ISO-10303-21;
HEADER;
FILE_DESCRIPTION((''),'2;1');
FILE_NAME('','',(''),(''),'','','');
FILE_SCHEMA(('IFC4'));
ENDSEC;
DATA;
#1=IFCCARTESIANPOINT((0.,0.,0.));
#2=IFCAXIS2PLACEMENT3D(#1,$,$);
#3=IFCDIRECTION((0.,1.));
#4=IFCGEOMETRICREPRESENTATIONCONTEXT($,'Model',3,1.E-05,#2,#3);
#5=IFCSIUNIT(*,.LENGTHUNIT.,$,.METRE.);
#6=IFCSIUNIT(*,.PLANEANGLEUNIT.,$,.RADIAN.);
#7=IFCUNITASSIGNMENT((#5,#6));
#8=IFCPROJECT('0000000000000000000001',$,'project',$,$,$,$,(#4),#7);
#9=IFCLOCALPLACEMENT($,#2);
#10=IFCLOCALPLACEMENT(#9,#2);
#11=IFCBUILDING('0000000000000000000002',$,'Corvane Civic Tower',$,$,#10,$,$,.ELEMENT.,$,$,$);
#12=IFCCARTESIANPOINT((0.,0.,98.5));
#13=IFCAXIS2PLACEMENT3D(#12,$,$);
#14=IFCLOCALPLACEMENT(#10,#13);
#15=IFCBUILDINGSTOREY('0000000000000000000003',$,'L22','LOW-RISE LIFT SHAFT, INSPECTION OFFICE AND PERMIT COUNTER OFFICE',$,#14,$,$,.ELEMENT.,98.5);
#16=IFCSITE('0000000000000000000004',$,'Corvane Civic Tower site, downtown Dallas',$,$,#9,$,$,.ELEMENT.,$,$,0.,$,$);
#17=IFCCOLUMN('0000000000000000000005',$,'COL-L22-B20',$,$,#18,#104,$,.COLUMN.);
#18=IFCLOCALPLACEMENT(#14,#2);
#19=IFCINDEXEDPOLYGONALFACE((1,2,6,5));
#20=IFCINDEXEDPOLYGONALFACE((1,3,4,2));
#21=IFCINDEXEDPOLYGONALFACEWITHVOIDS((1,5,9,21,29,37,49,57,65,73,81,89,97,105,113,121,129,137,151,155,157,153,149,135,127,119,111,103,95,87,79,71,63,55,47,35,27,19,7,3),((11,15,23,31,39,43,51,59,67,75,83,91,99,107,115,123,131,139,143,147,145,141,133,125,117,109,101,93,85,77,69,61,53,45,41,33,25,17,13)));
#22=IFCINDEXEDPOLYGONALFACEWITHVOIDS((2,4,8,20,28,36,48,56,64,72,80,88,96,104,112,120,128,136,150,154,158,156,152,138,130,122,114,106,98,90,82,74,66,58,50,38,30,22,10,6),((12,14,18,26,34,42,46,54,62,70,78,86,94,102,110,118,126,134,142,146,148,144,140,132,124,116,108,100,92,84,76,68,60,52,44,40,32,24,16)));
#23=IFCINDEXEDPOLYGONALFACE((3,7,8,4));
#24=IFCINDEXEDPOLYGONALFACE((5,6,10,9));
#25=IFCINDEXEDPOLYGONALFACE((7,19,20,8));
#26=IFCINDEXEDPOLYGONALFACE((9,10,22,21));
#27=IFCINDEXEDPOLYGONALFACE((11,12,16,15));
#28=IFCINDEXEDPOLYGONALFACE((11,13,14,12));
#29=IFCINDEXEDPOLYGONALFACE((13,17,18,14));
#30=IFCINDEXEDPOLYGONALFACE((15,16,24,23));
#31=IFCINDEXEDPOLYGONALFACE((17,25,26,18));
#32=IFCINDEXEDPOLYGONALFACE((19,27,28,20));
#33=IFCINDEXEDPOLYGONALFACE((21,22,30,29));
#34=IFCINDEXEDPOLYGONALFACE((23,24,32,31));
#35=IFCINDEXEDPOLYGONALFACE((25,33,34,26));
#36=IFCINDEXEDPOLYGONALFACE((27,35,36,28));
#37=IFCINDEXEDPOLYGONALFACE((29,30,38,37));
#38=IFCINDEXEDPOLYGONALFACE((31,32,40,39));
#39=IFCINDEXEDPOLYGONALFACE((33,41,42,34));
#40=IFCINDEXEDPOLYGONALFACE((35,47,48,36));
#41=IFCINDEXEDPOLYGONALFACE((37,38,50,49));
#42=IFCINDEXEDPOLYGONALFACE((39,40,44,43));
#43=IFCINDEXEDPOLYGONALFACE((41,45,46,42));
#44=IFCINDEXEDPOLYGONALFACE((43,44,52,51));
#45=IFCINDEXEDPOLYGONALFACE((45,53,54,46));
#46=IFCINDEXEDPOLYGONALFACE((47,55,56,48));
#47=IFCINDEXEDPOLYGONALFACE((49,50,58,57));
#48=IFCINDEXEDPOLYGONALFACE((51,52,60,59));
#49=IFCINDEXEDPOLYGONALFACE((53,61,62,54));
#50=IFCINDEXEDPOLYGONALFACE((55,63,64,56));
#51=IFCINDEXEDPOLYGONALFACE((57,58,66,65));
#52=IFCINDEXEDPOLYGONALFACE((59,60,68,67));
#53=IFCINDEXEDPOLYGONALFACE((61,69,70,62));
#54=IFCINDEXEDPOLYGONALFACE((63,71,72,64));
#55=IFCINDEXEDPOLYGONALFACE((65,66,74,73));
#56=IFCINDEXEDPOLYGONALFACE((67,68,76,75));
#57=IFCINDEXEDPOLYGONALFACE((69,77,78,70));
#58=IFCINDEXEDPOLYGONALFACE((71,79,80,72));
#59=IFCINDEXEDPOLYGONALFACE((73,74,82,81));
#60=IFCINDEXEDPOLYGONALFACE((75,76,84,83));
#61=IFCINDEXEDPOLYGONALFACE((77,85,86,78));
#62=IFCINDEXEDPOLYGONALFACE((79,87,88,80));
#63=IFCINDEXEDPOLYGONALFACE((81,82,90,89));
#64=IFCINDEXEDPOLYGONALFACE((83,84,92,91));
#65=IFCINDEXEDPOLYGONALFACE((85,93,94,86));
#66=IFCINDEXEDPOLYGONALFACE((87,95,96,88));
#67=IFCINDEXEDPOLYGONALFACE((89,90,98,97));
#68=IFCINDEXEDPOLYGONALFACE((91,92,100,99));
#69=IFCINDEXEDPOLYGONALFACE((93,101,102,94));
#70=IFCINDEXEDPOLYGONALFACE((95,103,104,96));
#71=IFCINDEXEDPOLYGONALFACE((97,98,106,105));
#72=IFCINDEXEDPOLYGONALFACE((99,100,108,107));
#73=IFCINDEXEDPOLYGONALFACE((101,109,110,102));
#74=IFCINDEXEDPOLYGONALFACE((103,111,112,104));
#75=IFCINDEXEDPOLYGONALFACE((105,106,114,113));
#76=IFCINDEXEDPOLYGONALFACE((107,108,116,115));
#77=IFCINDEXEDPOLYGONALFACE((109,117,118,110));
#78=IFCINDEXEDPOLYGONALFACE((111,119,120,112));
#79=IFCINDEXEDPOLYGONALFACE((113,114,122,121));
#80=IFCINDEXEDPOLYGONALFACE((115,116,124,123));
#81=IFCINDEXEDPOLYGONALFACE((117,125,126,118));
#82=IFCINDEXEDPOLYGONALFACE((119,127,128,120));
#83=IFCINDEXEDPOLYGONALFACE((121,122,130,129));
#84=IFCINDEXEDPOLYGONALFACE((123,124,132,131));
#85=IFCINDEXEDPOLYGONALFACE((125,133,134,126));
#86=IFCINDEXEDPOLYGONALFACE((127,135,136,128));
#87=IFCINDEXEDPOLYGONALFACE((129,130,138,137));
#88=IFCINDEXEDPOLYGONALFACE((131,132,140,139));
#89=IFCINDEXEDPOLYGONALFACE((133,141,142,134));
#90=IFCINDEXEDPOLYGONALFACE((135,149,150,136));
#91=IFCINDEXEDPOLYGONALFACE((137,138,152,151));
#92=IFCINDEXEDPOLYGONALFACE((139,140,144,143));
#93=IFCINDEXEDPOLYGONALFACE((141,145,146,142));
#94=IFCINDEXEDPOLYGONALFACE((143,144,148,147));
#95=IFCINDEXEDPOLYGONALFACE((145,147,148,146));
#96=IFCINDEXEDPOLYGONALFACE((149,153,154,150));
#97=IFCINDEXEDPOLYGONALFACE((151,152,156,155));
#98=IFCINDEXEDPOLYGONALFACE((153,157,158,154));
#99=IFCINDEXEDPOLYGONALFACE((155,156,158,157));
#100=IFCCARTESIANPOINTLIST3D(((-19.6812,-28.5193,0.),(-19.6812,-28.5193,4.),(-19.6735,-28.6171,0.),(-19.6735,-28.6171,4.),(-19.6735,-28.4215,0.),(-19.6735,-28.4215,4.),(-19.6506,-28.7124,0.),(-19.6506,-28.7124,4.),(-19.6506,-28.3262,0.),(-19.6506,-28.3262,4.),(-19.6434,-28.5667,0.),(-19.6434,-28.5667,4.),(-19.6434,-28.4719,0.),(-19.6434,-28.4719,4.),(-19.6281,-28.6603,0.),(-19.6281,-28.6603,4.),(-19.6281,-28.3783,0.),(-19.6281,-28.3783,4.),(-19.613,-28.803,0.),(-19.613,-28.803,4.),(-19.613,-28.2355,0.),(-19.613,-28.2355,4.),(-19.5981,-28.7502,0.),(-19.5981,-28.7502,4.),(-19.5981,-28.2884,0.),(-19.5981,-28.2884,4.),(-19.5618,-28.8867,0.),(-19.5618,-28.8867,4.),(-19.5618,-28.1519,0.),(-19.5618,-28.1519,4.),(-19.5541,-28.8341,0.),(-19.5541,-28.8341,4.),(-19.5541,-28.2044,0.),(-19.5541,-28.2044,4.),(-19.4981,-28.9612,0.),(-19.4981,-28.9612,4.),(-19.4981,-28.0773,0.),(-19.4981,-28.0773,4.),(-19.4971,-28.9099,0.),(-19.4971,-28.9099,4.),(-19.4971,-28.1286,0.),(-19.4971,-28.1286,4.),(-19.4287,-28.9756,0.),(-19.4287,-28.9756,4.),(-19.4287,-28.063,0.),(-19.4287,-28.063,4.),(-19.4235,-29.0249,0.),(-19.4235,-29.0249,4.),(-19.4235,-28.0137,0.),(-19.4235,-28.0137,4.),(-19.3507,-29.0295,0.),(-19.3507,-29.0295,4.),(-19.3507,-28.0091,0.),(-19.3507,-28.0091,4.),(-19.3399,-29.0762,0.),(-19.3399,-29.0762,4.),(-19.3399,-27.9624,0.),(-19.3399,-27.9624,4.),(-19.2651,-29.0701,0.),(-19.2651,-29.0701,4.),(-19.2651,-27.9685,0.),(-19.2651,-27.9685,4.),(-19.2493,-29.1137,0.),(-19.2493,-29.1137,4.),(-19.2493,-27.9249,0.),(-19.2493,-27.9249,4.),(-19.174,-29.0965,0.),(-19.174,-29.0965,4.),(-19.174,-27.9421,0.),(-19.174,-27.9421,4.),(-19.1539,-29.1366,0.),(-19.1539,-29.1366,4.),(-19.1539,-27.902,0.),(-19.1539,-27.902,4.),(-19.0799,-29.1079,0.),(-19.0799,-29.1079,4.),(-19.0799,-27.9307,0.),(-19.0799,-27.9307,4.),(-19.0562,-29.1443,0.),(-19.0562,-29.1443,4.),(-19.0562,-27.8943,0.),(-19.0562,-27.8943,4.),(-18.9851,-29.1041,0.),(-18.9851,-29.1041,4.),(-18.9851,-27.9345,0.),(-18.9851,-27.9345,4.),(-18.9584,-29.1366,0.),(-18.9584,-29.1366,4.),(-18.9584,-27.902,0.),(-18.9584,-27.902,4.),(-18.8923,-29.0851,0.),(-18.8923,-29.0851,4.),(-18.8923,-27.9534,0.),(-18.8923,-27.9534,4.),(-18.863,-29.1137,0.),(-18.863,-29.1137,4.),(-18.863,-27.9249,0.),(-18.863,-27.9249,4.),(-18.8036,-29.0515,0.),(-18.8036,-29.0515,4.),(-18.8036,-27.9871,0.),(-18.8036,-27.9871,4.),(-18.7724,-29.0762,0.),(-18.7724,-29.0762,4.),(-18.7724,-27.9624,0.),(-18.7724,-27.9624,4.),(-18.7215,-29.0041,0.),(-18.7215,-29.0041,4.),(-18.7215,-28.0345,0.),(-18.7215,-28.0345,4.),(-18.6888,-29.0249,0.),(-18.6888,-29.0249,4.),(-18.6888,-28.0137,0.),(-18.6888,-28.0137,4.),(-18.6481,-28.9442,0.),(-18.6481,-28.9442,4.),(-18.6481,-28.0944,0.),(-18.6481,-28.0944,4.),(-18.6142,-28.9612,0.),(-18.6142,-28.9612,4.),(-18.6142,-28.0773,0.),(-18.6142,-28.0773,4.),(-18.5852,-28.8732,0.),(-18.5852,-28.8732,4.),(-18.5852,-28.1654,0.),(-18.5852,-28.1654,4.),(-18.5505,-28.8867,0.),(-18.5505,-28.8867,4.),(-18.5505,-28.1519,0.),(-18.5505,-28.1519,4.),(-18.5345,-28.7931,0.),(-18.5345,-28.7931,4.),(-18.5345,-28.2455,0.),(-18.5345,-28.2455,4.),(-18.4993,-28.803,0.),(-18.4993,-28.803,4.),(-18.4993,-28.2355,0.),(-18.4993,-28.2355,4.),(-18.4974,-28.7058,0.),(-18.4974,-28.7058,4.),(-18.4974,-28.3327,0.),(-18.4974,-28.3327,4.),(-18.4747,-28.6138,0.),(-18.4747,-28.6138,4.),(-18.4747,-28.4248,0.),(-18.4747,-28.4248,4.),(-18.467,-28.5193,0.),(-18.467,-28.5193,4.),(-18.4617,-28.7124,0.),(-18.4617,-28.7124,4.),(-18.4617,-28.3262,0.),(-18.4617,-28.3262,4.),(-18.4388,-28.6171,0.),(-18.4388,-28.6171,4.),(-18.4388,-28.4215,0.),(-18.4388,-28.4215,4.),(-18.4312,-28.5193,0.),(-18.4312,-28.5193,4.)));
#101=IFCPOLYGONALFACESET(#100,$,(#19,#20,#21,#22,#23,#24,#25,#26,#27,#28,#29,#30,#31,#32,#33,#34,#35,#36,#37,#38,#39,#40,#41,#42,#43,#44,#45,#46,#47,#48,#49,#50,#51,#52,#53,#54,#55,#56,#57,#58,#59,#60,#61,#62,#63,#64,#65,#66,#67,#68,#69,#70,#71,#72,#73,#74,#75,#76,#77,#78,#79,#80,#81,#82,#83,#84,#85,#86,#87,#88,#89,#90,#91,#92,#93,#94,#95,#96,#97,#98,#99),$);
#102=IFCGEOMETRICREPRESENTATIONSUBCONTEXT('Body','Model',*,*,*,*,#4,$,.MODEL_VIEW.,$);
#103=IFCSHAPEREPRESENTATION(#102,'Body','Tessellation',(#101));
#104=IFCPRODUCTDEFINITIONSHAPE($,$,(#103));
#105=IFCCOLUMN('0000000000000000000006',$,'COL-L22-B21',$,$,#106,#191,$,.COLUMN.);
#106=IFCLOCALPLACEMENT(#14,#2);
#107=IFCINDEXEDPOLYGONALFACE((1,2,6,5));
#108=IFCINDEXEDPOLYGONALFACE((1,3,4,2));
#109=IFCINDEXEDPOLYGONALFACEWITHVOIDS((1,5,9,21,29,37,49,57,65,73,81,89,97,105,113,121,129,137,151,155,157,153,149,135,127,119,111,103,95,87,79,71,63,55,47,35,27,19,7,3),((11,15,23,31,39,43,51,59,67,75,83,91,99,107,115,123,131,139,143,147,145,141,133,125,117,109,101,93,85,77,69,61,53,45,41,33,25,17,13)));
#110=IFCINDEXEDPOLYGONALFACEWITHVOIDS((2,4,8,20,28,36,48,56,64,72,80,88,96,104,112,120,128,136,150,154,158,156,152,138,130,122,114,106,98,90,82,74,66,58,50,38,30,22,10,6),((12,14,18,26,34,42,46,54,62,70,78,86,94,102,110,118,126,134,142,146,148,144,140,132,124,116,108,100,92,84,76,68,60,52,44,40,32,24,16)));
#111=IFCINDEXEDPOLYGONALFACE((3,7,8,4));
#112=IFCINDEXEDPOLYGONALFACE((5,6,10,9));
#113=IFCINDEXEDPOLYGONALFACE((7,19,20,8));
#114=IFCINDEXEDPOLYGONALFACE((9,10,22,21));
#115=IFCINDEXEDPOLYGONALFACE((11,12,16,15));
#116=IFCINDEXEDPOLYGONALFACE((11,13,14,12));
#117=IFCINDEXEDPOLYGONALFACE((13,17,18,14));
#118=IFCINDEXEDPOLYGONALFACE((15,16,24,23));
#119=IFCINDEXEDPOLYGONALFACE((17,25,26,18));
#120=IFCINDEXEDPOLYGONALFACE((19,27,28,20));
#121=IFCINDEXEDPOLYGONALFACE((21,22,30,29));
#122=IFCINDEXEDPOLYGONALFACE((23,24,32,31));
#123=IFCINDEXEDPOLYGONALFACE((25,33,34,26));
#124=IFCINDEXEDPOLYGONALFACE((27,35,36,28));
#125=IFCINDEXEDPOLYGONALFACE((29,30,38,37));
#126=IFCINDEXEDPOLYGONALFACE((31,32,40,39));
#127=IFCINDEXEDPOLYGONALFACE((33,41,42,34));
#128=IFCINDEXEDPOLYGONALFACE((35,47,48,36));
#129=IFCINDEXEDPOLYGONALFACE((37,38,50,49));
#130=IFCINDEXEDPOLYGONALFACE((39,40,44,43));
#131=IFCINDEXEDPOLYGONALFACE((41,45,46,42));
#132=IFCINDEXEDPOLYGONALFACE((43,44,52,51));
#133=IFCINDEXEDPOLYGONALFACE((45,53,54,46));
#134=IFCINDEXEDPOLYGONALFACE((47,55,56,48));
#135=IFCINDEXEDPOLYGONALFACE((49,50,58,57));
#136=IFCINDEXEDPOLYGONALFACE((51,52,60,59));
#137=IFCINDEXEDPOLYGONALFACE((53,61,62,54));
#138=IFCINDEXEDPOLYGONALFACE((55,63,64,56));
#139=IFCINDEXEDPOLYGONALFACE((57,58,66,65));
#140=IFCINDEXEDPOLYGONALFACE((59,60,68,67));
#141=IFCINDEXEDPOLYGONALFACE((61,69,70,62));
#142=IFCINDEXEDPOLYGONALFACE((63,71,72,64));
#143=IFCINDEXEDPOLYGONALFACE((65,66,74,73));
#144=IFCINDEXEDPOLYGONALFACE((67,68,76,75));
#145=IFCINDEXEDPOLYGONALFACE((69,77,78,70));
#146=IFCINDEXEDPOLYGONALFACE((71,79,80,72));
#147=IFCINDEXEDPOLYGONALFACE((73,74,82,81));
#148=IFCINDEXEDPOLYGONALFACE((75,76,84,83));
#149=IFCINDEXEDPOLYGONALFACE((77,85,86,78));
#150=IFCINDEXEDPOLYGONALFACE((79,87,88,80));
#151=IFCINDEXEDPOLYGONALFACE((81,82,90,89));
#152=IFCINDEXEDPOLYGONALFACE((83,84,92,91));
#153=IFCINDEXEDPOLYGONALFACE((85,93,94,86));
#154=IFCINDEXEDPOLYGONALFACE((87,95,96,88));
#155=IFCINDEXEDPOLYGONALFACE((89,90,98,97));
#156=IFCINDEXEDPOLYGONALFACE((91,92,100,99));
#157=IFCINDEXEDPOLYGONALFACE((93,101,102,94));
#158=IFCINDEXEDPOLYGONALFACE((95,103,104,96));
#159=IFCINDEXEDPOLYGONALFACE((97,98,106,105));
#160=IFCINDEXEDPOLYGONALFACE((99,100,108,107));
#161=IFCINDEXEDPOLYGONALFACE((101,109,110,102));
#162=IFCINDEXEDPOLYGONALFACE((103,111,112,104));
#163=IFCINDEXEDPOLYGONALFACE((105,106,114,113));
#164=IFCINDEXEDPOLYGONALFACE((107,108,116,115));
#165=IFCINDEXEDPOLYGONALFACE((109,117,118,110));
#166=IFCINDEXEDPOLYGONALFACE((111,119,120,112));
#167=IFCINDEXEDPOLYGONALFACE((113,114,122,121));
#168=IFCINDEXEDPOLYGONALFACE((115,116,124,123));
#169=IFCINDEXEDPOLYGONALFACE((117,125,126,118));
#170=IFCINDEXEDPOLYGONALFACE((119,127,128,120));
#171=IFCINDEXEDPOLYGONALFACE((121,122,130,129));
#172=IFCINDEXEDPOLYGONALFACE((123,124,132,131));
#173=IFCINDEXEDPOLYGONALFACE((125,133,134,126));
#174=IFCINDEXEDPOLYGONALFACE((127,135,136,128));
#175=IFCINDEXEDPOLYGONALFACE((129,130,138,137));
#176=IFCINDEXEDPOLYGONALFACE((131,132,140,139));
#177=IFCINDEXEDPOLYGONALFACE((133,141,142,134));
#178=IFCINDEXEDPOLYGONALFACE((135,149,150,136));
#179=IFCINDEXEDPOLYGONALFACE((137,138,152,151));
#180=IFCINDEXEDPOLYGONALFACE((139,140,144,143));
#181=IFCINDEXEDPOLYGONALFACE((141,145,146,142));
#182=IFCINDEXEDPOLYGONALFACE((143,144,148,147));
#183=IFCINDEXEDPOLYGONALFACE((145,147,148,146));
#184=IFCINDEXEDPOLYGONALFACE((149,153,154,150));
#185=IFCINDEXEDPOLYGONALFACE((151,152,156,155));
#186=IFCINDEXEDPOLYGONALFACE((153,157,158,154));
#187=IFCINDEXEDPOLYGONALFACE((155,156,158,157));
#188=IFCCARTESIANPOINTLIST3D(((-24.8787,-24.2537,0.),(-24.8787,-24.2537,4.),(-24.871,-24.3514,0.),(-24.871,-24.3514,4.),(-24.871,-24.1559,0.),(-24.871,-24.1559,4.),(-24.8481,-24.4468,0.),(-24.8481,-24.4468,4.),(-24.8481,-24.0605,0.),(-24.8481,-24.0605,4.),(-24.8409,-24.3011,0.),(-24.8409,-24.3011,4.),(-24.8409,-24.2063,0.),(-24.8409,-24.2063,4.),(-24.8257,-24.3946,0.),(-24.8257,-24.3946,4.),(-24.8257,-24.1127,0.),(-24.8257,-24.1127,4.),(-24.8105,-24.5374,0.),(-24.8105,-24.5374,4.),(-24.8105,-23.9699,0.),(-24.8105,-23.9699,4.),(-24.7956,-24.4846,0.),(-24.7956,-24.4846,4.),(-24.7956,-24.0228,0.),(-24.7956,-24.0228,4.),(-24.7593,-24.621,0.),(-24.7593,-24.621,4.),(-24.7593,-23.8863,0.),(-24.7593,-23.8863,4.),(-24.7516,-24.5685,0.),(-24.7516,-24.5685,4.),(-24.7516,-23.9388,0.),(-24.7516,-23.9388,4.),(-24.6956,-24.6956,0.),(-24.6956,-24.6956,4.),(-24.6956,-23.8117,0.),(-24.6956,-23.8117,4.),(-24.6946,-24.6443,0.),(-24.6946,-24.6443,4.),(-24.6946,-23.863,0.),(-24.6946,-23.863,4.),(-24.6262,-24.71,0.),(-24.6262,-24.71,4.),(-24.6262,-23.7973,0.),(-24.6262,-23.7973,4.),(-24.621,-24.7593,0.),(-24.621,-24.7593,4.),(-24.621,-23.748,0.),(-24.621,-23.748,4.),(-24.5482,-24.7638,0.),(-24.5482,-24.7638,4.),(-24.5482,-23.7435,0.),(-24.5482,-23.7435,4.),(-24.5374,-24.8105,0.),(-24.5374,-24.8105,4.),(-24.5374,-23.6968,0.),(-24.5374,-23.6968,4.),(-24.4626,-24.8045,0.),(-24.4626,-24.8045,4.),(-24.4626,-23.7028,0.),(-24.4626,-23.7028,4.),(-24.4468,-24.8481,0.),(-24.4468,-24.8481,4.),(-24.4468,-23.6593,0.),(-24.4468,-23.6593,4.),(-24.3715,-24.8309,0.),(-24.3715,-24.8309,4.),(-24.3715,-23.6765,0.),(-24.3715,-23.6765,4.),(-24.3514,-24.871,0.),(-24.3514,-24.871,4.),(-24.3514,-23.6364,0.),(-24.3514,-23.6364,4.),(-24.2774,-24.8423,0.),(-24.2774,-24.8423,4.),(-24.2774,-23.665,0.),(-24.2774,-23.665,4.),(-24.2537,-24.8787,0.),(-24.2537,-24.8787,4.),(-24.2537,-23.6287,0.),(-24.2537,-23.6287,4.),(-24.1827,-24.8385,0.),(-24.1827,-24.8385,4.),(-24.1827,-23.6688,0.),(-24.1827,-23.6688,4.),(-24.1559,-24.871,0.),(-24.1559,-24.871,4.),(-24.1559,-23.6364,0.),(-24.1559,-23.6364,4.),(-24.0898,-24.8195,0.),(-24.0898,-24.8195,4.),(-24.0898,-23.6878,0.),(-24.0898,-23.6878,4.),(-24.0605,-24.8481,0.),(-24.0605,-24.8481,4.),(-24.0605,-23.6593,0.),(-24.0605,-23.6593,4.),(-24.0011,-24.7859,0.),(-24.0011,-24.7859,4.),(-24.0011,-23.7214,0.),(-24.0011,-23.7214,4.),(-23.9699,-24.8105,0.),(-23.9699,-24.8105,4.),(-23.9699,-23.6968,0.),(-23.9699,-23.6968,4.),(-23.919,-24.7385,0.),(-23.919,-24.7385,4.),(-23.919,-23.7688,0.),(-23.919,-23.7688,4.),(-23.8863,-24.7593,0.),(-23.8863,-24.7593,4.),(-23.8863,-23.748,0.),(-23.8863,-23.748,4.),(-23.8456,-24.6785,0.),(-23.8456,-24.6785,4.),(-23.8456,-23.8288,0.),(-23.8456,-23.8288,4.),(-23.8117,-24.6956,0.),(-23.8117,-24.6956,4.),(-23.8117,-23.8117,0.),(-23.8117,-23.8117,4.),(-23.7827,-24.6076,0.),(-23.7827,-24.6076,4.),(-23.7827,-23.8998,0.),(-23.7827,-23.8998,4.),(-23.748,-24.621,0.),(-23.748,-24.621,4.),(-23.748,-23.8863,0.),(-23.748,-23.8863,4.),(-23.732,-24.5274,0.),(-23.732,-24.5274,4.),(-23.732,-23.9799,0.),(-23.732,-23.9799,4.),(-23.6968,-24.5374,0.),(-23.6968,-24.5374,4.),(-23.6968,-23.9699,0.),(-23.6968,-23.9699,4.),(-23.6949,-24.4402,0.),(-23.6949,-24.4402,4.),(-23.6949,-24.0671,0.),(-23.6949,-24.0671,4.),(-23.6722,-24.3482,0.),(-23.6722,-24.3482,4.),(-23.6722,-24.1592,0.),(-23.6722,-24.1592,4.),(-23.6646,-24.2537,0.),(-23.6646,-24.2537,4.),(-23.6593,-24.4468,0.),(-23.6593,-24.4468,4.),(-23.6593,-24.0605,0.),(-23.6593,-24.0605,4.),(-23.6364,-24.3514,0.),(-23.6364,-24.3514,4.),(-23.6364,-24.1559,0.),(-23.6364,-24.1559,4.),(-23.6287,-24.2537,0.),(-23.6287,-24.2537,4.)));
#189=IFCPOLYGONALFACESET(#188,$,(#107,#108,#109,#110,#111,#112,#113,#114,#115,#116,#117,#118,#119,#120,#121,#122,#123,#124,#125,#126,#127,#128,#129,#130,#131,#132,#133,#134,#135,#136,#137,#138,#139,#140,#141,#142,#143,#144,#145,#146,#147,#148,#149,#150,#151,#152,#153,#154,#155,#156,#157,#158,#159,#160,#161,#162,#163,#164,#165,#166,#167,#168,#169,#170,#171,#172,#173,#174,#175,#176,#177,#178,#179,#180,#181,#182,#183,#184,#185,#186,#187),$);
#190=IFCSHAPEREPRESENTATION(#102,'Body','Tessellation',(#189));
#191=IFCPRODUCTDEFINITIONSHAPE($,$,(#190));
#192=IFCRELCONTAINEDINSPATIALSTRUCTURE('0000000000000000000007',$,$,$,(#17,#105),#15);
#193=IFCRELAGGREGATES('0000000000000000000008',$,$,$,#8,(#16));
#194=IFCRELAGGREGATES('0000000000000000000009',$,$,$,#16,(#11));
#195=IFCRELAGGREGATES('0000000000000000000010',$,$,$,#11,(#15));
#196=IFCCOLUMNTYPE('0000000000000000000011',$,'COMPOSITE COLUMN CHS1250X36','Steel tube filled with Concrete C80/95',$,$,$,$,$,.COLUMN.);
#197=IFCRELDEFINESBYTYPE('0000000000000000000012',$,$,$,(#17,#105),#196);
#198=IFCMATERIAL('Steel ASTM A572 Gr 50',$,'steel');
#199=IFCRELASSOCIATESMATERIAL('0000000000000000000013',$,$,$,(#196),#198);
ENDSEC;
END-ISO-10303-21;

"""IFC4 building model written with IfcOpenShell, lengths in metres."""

from ifc_helpers import new_model, si_unit, direction, frame, origin, origin_2d, place, context, subcontext, project, spatial, hollow_circle, extrude, material, material_profile, profile_set, type_object, element, save


model = new_model("IFC4")

# Units and contexts
model_context = context("Model", 3, precision=1e-05, world=origin(), true_north=direction((0.0, 1.0)))
body_context = subcontext(model_context, "Body", "Model", "MODEL_VIEW")
ifc_project = project(units=[si_unit("LENGTHUNIT", "METRE"), si_unit("PLANEANGLEUNIT", "RADIAN")], contexts=[model_context])

# Site, building, storey
site_placement = place(None, origin())
site = spatial("IfcSite", under=ifc_project, at=site_placement, Name="Corvane Civic Tower site, downtown Dallas", CompositionType="ELEMENT", RefElevation=0.0)
building_placement = place(site_placement, origin())
building = spatial("IfcBuilding", under=site, at=building_placement, Name="Corvane Civic Tower", CompositionType="ELEMENT")
storey_placement = place(building_placement, frame((0.0, 0.0, 98.5)))
storey = spatial("IfcBuildingStorey", under=building, at=storey_placement, Name="L22", Description="LOW-RISE LIFT SHAFT, INSPECTION OFFICE AND PERMIT COUNTER OFFICE", CompositionType="ELEMENT", Elevation=98.5)

# Columns
ifc_material_1 = material(Name="Steel ASTM A572 Gr 50", Category="steel")
ifc_material_profile_1 = material_profile(ifc_material_1, hollow_circle(Radius=0.625, WallThickness=0.0359, at=origin_2d()), Name="CHS1250X36")
ifc_profile_set_1 = profile_set([ifc_material_profile_1], Name="Steel ASTM A572 Gr 50")
column_type = type_object("IfcColumnType", Name="COMPOSITE COLUMN CHS1250X36", Description="Steel tube filled with Concrete C80/95", PredefinedType="COLUMN", material=ifc_profile_set_1)
for number, where, z_axis, x_axis, name in (
    (1, (-19.0562, -28.5193, 0.0), (0.0, 0.0, 1.0), (1.0, 0.0, 0.0), "COL-L22-B20"),
    (2, (-24.2537, -24.2537, 0.0), (0.0, 0.0, 1.0), (1.0, 0.0, 0.0), "COL-L22-B21"),
):
    element("IfcColumn", number, at=place(storey_placement, frame(where, z_axis=z_axis, x_axis=x_axis)), inside=storey, type_object=column_type, Name=name, PredefinedType="COLUMN", context=body_context, shape_type="SweptSolid", body=[
        extrude(hollow_circle(Radius=0.625, WallThickness=0.0359, at=origin_2d()), origin(), (0.0, 0.0, 1.0), 4.0),
    ])

save(model, "model.ifc")
